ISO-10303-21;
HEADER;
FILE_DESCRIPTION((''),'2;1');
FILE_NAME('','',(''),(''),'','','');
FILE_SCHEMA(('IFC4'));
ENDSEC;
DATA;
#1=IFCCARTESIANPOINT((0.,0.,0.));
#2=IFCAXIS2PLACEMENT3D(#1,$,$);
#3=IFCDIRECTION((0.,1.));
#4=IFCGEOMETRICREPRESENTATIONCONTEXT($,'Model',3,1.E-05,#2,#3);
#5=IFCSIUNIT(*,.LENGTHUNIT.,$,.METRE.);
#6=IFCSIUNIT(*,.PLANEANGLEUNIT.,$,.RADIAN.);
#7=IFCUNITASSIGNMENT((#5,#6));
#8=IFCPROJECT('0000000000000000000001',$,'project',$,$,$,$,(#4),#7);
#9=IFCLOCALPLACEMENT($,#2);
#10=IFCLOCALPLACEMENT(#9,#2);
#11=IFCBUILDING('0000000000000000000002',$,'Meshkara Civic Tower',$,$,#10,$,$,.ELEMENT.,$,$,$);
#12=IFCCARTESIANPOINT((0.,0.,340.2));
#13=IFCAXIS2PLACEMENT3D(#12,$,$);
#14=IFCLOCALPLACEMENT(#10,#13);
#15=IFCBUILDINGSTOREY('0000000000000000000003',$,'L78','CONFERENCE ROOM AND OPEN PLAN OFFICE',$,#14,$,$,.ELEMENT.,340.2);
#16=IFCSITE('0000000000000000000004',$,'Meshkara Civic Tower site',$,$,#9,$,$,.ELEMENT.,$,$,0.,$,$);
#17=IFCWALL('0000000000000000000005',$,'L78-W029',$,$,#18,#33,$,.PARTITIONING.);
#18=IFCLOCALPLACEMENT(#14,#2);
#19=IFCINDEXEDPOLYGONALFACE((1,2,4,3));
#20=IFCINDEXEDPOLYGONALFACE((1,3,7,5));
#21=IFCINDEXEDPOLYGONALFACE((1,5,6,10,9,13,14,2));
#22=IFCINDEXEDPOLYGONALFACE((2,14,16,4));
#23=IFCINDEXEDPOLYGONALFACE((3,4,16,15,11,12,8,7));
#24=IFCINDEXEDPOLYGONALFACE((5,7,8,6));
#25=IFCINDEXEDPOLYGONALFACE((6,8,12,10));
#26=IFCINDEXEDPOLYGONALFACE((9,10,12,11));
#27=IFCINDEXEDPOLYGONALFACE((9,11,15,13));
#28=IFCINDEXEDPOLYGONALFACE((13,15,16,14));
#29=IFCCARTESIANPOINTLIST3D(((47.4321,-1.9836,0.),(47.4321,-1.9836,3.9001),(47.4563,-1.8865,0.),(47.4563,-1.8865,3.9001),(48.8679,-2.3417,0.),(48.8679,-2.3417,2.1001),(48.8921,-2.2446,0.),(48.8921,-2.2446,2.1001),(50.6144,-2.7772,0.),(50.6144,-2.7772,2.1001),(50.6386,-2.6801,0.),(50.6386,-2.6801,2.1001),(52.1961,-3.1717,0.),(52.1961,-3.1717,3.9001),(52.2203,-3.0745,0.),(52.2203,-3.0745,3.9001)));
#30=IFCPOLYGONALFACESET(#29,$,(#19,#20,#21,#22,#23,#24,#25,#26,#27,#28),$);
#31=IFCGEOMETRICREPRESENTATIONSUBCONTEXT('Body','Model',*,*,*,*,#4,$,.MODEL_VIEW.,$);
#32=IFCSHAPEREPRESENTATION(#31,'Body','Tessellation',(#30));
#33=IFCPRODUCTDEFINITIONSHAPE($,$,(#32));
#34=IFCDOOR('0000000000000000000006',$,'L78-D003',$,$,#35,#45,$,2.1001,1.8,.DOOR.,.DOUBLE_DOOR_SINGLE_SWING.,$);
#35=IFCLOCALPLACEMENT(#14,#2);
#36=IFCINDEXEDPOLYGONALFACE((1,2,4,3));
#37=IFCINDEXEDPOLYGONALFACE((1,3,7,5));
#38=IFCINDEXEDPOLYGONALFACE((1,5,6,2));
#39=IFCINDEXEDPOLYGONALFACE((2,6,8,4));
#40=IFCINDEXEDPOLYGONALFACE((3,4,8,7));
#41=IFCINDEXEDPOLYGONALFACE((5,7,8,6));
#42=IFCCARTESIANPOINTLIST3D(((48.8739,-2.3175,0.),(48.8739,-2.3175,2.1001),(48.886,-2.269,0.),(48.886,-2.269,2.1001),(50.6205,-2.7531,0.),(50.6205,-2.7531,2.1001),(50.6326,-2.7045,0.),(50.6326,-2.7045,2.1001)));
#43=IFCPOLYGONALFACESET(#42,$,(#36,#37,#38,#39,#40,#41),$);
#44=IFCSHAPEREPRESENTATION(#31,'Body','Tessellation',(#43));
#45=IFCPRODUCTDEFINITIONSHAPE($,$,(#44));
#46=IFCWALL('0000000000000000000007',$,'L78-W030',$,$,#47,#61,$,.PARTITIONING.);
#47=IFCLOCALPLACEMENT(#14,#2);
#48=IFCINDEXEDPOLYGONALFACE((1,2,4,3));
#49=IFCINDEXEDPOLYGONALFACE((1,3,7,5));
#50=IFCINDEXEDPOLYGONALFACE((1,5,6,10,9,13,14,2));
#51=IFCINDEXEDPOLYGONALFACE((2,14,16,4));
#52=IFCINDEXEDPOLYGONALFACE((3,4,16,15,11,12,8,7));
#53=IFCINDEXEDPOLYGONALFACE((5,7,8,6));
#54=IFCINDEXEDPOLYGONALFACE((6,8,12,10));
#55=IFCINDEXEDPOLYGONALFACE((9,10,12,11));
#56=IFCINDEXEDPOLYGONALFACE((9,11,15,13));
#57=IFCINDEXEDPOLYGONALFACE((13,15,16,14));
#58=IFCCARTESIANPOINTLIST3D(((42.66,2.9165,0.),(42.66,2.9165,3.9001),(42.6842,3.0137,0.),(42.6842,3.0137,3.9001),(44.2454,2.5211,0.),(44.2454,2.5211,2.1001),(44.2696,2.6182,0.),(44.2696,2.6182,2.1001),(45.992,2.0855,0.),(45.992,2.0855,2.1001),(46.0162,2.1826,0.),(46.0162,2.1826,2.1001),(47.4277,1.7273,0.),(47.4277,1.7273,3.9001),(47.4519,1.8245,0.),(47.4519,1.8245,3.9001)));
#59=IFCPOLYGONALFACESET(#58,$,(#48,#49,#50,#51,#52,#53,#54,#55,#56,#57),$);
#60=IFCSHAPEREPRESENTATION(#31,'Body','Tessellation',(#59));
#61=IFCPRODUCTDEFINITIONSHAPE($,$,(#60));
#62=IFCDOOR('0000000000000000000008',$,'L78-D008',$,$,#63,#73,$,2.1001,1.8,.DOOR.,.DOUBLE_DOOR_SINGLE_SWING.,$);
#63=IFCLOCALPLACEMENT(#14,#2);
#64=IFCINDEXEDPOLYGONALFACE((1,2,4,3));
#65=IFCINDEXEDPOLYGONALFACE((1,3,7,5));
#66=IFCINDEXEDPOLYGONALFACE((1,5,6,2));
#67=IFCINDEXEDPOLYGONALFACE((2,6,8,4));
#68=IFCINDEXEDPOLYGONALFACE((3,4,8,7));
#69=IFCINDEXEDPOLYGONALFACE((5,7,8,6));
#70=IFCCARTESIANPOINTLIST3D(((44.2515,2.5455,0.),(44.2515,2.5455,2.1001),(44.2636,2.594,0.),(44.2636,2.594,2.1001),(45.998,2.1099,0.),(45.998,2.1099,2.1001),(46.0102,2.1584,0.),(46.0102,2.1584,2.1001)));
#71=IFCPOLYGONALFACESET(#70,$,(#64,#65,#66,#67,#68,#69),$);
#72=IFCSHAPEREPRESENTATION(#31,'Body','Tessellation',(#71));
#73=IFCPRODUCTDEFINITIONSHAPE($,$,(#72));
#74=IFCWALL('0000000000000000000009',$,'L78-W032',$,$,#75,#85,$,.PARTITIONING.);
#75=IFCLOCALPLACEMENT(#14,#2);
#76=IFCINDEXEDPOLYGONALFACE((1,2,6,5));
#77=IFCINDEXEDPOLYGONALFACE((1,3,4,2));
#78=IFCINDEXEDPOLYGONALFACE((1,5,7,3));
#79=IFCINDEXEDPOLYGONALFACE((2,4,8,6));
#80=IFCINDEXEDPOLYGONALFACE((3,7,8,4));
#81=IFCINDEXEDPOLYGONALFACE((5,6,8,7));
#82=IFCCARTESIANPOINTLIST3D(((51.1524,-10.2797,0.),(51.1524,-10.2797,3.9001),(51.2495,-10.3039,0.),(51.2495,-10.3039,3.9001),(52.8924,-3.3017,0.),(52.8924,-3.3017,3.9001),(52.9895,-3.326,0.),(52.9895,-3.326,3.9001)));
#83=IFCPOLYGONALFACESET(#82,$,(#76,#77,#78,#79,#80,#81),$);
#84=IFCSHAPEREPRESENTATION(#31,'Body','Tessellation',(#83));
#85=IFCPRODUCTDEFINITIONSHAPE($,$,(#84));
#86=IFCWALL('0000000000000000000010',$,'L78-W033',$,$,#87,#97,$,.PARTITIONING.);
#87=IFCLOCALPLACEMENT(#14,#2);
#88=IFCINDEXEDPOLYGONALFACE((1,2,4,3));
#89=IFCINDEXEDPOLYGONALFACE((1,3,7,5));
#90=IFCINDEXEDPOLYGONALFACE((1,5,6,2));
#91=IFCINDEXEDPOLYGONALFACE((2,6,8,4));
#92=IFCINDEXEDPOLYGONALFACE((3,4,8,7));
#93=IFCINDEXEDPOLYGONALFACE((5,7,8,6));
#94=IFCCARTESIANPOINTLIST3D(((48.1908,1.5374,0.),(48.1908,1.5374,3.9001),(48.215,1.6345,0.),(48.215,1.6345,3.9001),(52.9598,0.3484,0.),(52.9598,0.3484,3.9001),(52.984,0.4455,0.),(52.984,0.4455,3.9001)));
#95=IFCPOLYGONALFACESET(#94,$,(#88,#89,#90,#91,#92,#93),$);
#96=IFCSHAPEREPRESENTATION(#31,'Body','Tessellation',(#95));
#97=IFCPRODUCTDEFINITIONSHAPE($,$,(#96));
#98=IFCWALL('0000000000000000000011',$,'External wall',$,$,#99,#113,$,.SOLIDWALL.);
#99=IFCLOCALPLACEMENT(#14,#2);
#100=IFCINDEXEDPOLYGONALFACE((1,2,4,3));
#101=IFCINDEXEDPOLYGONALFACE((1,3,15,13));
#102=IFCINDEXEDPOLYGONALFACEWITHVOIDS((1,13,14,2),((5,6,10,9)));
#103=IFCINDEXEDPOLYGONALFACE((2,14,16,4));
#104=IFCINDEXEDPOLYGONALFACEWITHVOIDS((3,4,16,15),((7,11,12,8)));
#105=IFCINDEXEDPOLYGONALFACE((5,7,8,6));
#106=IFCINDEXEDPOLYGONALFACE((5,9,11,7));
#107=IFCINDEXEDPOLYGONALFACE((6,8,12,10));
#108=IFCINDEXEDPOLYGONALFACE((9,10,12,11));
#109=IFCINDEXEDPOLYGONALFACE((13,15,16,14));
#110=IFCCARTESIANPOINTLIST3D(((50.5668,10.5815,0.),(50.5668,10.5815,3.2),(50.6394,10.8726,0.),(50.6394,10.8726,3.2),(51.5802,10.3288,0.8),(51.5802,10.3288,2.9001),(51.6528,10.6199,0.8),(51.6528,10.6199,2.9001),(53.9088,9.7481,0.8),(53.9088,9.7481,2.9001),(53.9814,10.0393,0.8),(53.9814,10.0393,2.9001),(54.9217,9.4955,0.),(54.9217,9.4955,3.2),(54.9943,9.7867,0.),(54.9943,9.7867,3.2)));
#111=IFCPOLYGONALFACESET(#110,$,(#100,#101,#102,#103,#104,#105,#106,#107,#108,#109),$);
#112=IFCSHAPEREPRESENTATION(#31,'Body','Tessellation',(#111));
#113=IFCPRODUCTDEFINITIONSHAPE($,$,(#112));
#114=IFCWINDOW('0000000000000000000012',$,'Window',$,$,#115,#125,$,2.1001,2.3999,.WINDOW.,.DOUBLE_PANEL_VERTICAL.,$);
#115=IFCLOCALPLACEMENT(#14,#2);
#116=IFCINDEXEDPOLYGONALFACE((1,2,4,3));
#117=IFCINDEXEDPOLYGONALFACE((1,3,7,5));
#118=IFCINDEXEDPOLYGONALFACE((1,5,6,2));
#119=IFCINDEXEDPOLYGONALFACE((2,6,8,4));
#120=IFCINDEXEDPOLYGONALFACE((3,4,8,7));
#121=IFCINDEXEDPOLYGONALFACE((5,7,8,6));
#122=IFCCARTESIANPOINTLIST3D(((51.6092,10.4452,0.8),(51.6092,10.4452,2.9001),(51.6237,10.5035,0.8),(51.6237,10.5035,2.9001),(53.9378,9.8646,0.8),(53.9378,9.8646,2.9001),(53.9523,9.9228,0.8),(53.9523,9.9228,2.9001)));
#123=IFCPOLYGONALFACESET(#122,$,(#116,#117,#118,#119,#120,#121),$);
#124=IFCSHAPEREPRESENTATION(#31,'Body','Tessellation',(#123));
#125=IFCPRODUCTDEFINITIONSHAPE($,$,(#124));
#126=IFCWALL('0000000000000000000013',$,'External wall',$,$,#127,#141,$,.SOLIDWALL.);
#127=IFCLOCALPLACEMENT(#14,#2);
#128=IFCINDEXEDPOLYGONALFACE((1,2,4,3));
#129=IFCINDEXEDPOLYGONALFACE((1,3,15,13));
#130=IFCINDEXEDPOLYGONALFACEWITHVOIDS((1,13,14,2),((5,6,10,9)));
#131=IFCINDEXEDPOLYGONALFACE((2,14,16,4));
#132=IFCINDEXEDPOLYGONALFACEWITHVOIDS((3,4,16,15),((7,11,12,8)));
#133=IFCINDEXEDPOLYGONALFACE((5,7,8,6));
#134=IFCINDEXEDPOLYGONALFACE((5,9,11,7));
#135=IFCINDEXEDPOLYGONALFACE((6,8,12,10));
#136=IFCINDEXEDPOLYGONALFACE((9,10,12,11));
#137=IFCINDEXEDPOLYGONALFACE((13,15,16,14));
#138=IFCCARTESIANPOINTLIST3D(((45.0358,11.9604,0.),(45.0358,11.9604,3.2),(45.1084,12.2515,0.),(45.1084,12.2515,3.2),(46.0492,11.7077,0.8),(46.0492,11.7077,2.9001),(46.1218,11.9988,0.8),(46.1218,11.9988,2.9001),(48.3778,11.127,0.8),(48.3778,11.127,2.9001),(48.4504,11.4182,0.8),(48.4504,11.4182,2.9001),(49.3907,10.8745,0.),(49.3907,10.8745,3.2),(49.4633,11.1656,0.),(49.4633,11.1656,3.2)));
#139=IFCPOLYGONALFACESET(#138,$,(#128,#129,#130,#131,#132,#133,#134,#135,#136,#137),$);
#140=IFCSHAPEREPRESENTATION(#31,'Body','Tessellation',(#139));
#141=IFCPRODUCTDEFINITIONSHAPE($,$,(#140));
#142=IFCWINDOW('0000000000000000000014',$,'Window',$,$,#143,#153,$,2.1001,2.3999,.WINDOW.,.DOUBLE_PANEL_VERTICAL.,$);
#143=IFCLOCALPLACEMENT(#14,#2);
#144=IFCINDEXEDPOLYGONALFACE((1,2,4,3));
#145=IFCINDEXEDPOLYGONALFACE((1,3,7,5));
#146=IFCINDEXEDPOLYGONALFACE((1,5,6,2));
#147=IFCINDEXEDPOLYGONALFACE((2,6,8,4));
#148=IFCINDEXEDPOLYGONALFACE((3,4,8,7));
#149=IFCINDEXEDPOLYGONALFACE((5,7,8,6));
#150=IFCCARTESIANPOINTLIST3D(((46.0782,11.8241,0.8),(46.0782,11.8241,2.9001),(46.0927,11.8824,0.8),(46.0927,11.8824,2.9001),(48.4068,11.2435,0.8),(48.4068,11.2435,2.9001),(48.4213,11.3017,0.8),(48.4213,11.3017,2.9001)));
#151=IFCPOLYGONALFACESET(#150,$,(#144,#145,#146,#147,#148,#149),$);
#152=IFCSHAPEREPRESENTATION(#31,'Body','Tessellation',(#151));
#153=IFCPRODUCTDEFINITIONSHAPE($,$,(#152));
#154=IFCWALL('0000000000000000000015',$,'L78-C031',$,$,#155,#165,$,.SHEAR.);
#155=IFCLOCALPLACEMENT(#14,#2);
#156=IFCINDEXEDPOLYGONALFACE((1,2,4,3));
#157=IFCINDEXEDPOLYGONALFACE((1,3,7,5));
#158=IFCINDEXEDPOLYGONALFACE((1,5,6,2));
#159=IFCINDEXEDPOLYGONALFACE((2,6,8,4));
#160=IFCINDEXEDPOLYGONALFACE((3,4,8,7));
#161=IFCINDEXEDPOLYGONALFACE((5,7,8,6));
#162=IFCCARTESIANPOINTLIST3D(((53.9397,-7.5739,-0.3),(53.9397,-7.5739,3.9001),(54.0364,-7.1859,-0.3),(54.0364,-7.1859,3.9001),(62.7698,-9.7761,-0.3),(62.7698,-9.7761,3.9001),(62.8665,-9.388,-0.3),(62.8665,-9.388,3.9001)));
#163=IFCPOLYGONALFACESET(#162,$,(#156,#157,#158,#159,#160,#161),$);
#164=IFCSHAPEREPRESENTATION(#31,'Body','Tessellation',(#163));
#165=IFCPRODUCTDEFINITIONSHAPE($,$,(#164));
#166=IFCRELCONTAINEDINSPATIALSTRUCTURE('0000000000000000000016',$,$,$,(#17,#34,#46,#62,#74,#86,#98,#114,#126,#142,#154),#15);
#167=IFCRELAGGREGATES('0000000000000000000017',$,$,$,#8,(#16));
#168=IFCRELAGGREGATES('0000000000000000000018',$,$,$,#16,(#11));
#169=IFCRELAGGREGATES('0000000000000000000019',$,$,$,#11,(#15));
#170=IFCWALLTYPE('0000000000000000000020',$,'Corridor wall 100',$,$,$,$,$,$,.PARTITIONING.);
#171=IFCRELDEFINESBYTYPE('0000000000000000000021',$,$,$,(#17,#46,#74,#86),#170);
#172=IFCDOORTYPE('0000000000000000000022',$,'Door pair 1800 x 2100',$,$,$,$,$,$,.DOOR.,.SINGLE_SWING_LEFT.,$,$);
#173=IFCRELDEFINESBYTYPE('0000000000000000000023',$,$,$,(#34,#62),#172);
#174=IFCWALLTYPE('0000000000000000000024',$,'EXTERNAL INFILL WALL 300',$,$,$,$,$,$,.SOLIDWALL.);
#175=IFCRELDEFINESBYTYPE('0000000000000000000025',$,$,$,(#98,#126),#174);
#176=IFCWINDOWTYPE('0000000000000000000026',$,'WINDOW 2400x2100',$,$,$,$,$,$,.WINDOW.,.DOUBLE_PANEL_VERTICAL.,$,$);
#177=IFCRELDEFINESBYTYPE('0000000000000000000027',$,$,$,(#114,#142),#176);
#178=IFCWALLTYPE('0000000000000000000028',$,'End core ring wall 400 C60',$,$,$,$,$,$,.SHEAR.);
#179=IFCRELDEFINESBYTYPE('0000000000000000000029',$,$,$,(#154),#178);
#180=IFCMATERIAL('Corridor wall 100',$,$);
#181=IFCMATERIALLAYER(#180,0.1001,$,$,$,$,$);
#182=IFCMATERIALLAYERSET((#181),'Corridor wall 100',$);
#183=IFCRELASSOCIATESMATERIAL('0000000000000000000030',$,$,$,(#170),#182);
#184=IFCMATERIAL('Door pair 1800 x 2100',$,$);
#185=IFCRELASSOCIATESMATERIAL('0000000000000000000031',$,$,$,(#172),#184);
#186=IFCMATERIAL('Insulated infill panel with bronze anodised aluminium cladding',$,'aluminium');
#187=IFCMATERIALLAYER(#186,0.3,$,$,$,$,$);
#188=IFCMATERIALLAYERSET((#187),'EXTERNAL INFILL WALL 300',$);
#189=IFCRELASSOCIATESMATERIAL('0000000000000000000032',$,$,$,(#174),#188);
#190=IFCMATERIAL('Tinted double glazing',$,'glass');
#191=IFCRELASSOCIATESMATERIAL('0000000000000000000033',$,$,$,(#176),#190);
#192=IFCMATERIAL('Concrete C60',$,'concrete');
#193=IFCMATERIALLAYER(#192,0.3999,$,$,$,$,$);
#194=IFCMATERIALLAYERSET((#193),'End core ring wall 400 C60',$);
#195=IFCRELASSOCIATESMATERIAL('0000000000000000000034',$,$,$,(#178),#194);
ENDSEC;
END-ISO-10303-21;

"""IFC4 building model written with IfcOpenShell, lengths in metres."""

from ifc_helpers import new_model, si_unit, direction, frame, frame_2d, origin, place, context, subcontext, project, spatial, rectangle, extrude, material, layer, layer_set, type_object, element, fill, save


model = new_model("IFC4")

# Units and contexts
model_context = context("Model", 3, precision=1e-05, world=origin(), true_north=direction((0.0, 1.0)))
body_context = subcontext(model_context, "Body", "Model", "MODEL_VIEW")
ifc_project = project(units=[si_unit("LENGTHUNIT", "METRE"), si_unit("PLANEANGLEUNIT", "RADIAN")], contexts=[model_context])

# Site, building, storey
site_placement = place(None, origin())
site = spatial("IfcSite", under=ifc_project, at=site_placement, Name="Meshkara Civic Tower site", CompositionType="ELEMENT", RefElevation=0.0)
building_placement = place(site_placement, origin())
building = spatial("IfcBuilding", under=site, at=building_placement, Name="Meshkara Civic Tower", CompositionType="ELEMENT")
storey_placement = place(building_placement, frame((0.0, 0.0, 340.2)))
storey = spatial("IfcBuildingStorey", under=building, at=storey_placement, Name="L78", Description="CONFERENCE ROOM AND OPEN PLAN OFFICE", CompositionType="ELEMENT", Elevation=340.2)

# Walls, openings, doors
ifc_material_1 = material(Name="Corridor wall 100")
ifc_layer_1 = layer(ifc_material_1, 0.1001)
ifc_layer_set_1 = layer_set([ifc_layer_1], Name="Corridor wall 100")
wall_type_1 = type_object("IfcWallType", Name="Corridor wall 100", PredefinedType="PARTITIONING", material=ifc_layer_set_1)
wall_1_placement = place(storey_placement, frame((47.4441, -1.9351, 0.0), z_axis=(0.0, 0.0, 1.0), x_axis=(0.970286, -0.241962, 0.0)))
wall_1 = element("IfcWall", 1, at=wall_1_placement, inside=storey, type_object=wall_type_1, Name="L78-W029", PredefinedType="PARTITIONING", context=body_context, shape_type="SweptSolid", body=[
    extrude(rectangle(XDim=4.9099, YDim=0.1001, at=frame_2d((2.4551, 0.0))), origin(), (0.0, 0.0, 1.0), 3.9001),
])
opening_1_placement = place(wall_1_placement, frame((1.48, 0.0, 0.0)))
opening_1 = element("IfcOpeningElement", 2, at=opening_1_placement, cuts=wall_1, PredefinedType="OPENING", context=body_context, shape_type="SweptSolid", body=[
    extrude(rectangle(XDim=1.8, YDim=2.1001, at=frame_2d((0.8999, 1.05))), frame((0.0, 0.0601, 0.0), z_axis=(0.0, -1.0, 0.0), x_axis=(1.0, 0.0, 0.0)), (0.0, 0.0, 1.0), 0.1201),
])
ifc_material_2 = material(Name="Door pair 1800 x 2100")
door_type_1 = type_object("IfcDoorType", Name="Door pair 1800 x 2100", OperationType="SINGLE_SWING_LEFT", PredefinedType="DOOR", material=ifc_material_2)
door_1_placement = place(opening_1_placement, origin())
door_1 = element("IfcDoor", 3, at=door_1_placement, inside=storey, type_object=door_type_1, Name="L78-D003", OperationType="DOUBLE_DOOR_SINGLE_SWING", OverallHeight=2.1001, OverallWidth=1.8, PredefinedType="DOOR", context=body_context, shape_type="SweptSolid", body=[
    extrude(rectangle(XDim=1.8, YDim=2.1001, at=frame_2d((0.8999, 1.05))), frame((0.0, 0.0249, 0.0), z_axis=(0.0, -1.0, 0.0), x_axis=(1.0, 0.0, 0.0)), (0.0, 0.0, 1.0), 0.05),
])
fill(opening_1, door_1)
wall_2_placement = place(storey_placement, frame((47.4399, 1.7759, 0.0), z_axis=(0.0, 0.0, 1.0), x_axis=(-0.970274, 0.24201, 0.0)))
wall_2 = element("IfcWall", 4, at=wall_2_placement, inside=storey, type_object=wall_type_1, Name="L78-W030", PredefinedType="PARTITIONING", context=body_context, shape_type="SweptSolid", body=[
    extrude(rectangle(XDim=4.9138, YDim=0.1001, at=frame_2d((2.457, 0.0))), origin(), (0.0, 0.0, 1.0), 3.9001),
])
opening_2_placement = place(wall_2_placement, frame((1.48, 0.0, 0.0)))
opening_2 = element("IfcOpeningElement", 5, at=opening_2_placement, cuts=wall_2, PredefinedType="OPENING", context=body_context, shape_type="SweptSolid", body=[
    extrude(rectangle(XDim=1.8, YDim=2.1001, at=frame_2d((0.8999, 1.05))), frame((0.0, 0.0601, 0.0), z_axis=(0.0, -1.0, 0.0), x_axis=(1.0, 0.0, 0.0)), (0.0, 0.0, 1.0), 0.1201),
])
door_2_placement = place(opening_2_placement, origin())
door_2 = element("IfcDoor", 6, at=door_2_placement, inside=storey, type_object=door_type_1, Name="L78-D008", OperationType="DOUBLE_DOOR_SINGLE_SWING", OverallHeight=2.1001, OverallWidth=1.8, PredefinedType="DOOR", context=body_context, shape_type="SweptSolid", body=[
    extrude(rectangle(XDim=1.8, YDim=2.1001, at=frame_2d((0.8999, 1.05))), frame((0.0, 0.0249, 0.0), z_axis=(0.0, -1.0, 0.0), x_axis=(1.0, 0.0, 0.0)), (0.0, 0.0, 1.0), 0.05),
])
fill(opening_2, door_2)

# Walls
wall_3_placement = place(storey_placement, frame((52.9409, -3.314, 0.0), z_axis=(0.0, 0.0, 1.0), x_axis=(-0.241944, -0.97029, 0.0)))
element("IfcWall", 7, at=wall_3_placement, inside=storey, type_object=wall_type_1, Name="L78-W032", PredefinedType="PARTITIONING", context=body_context, shape_type="SweptSolid", body=[
    extrude(rectangle(XDim=7.1917, YDim=0.1001, at=frame_2d((3.5957, 0.0))), origin(), (0.0, 0.0, 1.0), 3.9001),
])
wall_4_placement = place(storey_placement, frame((52.9719, 0.397, 0.0), z_axis=(0.0, 0.0, 1.0), x_axis=(-0.9703, 0.241904, 0.0)))
element("IfcWall", 8, at=wall_4_placement, inside=storey, type_object=wall_type_1, Name="L78-W033", PredefinedType="PARTITIONING", context=body_context, shape_type="SweptSolid", body=[
    extrude(rectangle(XDim=4.915, YDim=0.1001, at=frame_2d((2.4575, 0.0))), origin(), (0.0, 0.0, 1.0), 3.9001),
])

# Walls, openings, windows
ifc_material_3 = material(Name="Insulated infill panel with bronze anodised aluminium cladding", Category="aluminium")
ifc_layer_2 = layer(ifc_material_3, 0.3)
ifc_layer_set_2 = layer_set([ifc_layer_2], Name="EXTERNAL INFILL WALL 300")
wall_type_2 = type_object("IfcWallType", Name="EXTERNAL INFILL WALL 300", PredefinedType="SOLIDWALL", material=ifc_layer_set_2)
wall_5_placement = place(storey_placement, frame((54.958, 9.6411, 0.0), z_axis=(0.0, 0.0, 1.0), x_axis=(-0.97029, 0.241947, 0.0)))
wall_5 = element("IfcWall", 9, at=wall_5_placement, inside=storey, type_object=wall_type_2, Name="External wall", PredefinedType="SOLIDWALL", context=body_context, shape_type="SweptSolid", body=[
    extrude(rectangle(XDim=4.4883, YDim=0.3, at=frame_2d((2.2441, 0.0))), origin(), (0.0, 0.0, 1.0), 3.2),
])
opening_3_placement = place(wall_5_placement, frame((1.0439, 0.0, 0.8)))
opening_3 = element("IfcOpeningElement", 10, at=opening_3_placement, cuts=wall_5, PredefinedType="OPENING", context=body_context, shape_type="SweptSolid", body=[
    extrude(rectangle(XDim=2.3999, YDim=2.1001, at=frame_2d((1.2, 1.05))), frame((0.0, 0.1599, 0.0), z_axis=(0.0, -1.0, 0.0), x_axis=(1.0, 0.0, 0.0)), (0.0, 0.0, 1.0), 0.3201),
])
ifc_material_4 = material(Name="Tinted double glazing", Category="glass")
window_type = type_object("IfcWindowType", Name="WINDOW 2400x2100", PartitioningType="DOUBLE_PANEL_VERTICAL", PredefinedType="WINDOW", material=ifc_material_4)
window_1_placement = place(opening_3_placement, origin())
window_1 = element("IfcWindow", 11, at=window_1_placement, inside=storey, type_object=window_type, Name="Window", OverallHeight=2.1001, OverallWidth=2.3999, PartitioningType="DOUBLE_PANEL_VERTICAL", PredefinedType="WINDOW", context=body_context, shape_type="SweptSolid", body=[
    extrude(rectangle(XDim=2.3999, YDim=2.1001, at=frame_2d((1.2, 1.05))), frame((0.0, 0.03, 0.0), z_axis=(0.0, -1.0, 0.0), x_axis=(1.0, 0.0, 0.0)), (0.0, 0.0, 1.0), 0.0601),
])
fill(opening_3, window_1)
wall_6_placement = place(storey_placement, frame((49.427, 11.02, 0.0), z_axis=(0.0, 0.0, 1.0), x_axis=(-0.97029, 0.241947, 0.0)))
wall_6 = element("IfcWall", 12, at=wall_6_placement, inside=storey, type_object=wall_type_2, Name="External wall", PredefinedType="SOLIDWALL", context=body_context, shape_type="SweptSolid", body=[
    extrude(rectangle(XDim=4.4883, YDim=0.3, at=frame_2d((2.2441, 0.0))), origin(), (0.0, 0.0, 1.0), 3.2),
])
opening_4_placement = place(wall_6_placement, frame((1.0439, 0.0, 0.8)))
opening_4 = element("IfcOpeningElement", 13, at=opening_4_placement, cuts=wall_6, PredefinedType="OPENING", context=body_context, shape_type="SweptSolid", body=[
    extrude(rectangle(XDim=2.3999, YDim=2.1001, at=frame_2d((1.2, 1.05))), frame((0.0, 0.1599, 0.0), z_axis=(0.0, -1.0, 0.0), x_axis=(1.0, 0.0, 0.0)), (0.0, 0.0, 1.0), 0.3201),
])
window_2_placement = place(opening_4_placement, origin())
window_2 = element("IfcWindow", 14, at=window_2_placement, inside=storey, type_object=window_type, Name="Window", OverallHeight=2.1001, OverallWidth=2.3999, PartitioningType="DOUBLE_PANEL_VERTICAL", PredefinedType="WINDOW", context=body_context, shape_type="SweptSolid", body=[
    extrude(rectangle(XDim=2.3999, YDim=2.1001, at=frame_2d((1.2, 1.05))), frame((0.0, 0.03, 0.0), z_axis=(0.0, -1.0, 0.0), x_axis=(1.0, 0.0, 0.0)), (0.0, 0.0, 1.0), 0.0601),
])
fill(opening_4, window_2)

# Wall
ifc_material_5 = material(Name="Concrete C60", Category="concrete")
ifc_layer_3 = layer(ifc_material_5, 0.3999)
ifc_layer_set_3 = layer_set([ifc_layer_3], Name="End core ring wall 400 C60")
wall_type_3 = type_object("IfcWallType", Name="End core ring wall 400 C60", PredefinedType="SHEAR", material=ifc_layer_set_3)
wall_7_placement = place(storey_placement, frame((53.988, -7.3799, -0.3), z_axis=(0.0, 0.0, 1.0), x_axis=(0.970281, -0.24198, 0.0)))
element("IfcWall", 15, at=wall_7_placement, inside=storey, type_object=wall_type_3, Name="L78-C031", PredefinedType="SHEAR", context=body_context, shape_type="SweptSolid", body=[
    extrude(rectangle(XDim=9.1006, YDim=0.3999, at=frame_2d((4.5503, 0.0))), origin(), (0.0, 0.0, 1.0), 4.2002),
])

save(model, "model.ifc")
